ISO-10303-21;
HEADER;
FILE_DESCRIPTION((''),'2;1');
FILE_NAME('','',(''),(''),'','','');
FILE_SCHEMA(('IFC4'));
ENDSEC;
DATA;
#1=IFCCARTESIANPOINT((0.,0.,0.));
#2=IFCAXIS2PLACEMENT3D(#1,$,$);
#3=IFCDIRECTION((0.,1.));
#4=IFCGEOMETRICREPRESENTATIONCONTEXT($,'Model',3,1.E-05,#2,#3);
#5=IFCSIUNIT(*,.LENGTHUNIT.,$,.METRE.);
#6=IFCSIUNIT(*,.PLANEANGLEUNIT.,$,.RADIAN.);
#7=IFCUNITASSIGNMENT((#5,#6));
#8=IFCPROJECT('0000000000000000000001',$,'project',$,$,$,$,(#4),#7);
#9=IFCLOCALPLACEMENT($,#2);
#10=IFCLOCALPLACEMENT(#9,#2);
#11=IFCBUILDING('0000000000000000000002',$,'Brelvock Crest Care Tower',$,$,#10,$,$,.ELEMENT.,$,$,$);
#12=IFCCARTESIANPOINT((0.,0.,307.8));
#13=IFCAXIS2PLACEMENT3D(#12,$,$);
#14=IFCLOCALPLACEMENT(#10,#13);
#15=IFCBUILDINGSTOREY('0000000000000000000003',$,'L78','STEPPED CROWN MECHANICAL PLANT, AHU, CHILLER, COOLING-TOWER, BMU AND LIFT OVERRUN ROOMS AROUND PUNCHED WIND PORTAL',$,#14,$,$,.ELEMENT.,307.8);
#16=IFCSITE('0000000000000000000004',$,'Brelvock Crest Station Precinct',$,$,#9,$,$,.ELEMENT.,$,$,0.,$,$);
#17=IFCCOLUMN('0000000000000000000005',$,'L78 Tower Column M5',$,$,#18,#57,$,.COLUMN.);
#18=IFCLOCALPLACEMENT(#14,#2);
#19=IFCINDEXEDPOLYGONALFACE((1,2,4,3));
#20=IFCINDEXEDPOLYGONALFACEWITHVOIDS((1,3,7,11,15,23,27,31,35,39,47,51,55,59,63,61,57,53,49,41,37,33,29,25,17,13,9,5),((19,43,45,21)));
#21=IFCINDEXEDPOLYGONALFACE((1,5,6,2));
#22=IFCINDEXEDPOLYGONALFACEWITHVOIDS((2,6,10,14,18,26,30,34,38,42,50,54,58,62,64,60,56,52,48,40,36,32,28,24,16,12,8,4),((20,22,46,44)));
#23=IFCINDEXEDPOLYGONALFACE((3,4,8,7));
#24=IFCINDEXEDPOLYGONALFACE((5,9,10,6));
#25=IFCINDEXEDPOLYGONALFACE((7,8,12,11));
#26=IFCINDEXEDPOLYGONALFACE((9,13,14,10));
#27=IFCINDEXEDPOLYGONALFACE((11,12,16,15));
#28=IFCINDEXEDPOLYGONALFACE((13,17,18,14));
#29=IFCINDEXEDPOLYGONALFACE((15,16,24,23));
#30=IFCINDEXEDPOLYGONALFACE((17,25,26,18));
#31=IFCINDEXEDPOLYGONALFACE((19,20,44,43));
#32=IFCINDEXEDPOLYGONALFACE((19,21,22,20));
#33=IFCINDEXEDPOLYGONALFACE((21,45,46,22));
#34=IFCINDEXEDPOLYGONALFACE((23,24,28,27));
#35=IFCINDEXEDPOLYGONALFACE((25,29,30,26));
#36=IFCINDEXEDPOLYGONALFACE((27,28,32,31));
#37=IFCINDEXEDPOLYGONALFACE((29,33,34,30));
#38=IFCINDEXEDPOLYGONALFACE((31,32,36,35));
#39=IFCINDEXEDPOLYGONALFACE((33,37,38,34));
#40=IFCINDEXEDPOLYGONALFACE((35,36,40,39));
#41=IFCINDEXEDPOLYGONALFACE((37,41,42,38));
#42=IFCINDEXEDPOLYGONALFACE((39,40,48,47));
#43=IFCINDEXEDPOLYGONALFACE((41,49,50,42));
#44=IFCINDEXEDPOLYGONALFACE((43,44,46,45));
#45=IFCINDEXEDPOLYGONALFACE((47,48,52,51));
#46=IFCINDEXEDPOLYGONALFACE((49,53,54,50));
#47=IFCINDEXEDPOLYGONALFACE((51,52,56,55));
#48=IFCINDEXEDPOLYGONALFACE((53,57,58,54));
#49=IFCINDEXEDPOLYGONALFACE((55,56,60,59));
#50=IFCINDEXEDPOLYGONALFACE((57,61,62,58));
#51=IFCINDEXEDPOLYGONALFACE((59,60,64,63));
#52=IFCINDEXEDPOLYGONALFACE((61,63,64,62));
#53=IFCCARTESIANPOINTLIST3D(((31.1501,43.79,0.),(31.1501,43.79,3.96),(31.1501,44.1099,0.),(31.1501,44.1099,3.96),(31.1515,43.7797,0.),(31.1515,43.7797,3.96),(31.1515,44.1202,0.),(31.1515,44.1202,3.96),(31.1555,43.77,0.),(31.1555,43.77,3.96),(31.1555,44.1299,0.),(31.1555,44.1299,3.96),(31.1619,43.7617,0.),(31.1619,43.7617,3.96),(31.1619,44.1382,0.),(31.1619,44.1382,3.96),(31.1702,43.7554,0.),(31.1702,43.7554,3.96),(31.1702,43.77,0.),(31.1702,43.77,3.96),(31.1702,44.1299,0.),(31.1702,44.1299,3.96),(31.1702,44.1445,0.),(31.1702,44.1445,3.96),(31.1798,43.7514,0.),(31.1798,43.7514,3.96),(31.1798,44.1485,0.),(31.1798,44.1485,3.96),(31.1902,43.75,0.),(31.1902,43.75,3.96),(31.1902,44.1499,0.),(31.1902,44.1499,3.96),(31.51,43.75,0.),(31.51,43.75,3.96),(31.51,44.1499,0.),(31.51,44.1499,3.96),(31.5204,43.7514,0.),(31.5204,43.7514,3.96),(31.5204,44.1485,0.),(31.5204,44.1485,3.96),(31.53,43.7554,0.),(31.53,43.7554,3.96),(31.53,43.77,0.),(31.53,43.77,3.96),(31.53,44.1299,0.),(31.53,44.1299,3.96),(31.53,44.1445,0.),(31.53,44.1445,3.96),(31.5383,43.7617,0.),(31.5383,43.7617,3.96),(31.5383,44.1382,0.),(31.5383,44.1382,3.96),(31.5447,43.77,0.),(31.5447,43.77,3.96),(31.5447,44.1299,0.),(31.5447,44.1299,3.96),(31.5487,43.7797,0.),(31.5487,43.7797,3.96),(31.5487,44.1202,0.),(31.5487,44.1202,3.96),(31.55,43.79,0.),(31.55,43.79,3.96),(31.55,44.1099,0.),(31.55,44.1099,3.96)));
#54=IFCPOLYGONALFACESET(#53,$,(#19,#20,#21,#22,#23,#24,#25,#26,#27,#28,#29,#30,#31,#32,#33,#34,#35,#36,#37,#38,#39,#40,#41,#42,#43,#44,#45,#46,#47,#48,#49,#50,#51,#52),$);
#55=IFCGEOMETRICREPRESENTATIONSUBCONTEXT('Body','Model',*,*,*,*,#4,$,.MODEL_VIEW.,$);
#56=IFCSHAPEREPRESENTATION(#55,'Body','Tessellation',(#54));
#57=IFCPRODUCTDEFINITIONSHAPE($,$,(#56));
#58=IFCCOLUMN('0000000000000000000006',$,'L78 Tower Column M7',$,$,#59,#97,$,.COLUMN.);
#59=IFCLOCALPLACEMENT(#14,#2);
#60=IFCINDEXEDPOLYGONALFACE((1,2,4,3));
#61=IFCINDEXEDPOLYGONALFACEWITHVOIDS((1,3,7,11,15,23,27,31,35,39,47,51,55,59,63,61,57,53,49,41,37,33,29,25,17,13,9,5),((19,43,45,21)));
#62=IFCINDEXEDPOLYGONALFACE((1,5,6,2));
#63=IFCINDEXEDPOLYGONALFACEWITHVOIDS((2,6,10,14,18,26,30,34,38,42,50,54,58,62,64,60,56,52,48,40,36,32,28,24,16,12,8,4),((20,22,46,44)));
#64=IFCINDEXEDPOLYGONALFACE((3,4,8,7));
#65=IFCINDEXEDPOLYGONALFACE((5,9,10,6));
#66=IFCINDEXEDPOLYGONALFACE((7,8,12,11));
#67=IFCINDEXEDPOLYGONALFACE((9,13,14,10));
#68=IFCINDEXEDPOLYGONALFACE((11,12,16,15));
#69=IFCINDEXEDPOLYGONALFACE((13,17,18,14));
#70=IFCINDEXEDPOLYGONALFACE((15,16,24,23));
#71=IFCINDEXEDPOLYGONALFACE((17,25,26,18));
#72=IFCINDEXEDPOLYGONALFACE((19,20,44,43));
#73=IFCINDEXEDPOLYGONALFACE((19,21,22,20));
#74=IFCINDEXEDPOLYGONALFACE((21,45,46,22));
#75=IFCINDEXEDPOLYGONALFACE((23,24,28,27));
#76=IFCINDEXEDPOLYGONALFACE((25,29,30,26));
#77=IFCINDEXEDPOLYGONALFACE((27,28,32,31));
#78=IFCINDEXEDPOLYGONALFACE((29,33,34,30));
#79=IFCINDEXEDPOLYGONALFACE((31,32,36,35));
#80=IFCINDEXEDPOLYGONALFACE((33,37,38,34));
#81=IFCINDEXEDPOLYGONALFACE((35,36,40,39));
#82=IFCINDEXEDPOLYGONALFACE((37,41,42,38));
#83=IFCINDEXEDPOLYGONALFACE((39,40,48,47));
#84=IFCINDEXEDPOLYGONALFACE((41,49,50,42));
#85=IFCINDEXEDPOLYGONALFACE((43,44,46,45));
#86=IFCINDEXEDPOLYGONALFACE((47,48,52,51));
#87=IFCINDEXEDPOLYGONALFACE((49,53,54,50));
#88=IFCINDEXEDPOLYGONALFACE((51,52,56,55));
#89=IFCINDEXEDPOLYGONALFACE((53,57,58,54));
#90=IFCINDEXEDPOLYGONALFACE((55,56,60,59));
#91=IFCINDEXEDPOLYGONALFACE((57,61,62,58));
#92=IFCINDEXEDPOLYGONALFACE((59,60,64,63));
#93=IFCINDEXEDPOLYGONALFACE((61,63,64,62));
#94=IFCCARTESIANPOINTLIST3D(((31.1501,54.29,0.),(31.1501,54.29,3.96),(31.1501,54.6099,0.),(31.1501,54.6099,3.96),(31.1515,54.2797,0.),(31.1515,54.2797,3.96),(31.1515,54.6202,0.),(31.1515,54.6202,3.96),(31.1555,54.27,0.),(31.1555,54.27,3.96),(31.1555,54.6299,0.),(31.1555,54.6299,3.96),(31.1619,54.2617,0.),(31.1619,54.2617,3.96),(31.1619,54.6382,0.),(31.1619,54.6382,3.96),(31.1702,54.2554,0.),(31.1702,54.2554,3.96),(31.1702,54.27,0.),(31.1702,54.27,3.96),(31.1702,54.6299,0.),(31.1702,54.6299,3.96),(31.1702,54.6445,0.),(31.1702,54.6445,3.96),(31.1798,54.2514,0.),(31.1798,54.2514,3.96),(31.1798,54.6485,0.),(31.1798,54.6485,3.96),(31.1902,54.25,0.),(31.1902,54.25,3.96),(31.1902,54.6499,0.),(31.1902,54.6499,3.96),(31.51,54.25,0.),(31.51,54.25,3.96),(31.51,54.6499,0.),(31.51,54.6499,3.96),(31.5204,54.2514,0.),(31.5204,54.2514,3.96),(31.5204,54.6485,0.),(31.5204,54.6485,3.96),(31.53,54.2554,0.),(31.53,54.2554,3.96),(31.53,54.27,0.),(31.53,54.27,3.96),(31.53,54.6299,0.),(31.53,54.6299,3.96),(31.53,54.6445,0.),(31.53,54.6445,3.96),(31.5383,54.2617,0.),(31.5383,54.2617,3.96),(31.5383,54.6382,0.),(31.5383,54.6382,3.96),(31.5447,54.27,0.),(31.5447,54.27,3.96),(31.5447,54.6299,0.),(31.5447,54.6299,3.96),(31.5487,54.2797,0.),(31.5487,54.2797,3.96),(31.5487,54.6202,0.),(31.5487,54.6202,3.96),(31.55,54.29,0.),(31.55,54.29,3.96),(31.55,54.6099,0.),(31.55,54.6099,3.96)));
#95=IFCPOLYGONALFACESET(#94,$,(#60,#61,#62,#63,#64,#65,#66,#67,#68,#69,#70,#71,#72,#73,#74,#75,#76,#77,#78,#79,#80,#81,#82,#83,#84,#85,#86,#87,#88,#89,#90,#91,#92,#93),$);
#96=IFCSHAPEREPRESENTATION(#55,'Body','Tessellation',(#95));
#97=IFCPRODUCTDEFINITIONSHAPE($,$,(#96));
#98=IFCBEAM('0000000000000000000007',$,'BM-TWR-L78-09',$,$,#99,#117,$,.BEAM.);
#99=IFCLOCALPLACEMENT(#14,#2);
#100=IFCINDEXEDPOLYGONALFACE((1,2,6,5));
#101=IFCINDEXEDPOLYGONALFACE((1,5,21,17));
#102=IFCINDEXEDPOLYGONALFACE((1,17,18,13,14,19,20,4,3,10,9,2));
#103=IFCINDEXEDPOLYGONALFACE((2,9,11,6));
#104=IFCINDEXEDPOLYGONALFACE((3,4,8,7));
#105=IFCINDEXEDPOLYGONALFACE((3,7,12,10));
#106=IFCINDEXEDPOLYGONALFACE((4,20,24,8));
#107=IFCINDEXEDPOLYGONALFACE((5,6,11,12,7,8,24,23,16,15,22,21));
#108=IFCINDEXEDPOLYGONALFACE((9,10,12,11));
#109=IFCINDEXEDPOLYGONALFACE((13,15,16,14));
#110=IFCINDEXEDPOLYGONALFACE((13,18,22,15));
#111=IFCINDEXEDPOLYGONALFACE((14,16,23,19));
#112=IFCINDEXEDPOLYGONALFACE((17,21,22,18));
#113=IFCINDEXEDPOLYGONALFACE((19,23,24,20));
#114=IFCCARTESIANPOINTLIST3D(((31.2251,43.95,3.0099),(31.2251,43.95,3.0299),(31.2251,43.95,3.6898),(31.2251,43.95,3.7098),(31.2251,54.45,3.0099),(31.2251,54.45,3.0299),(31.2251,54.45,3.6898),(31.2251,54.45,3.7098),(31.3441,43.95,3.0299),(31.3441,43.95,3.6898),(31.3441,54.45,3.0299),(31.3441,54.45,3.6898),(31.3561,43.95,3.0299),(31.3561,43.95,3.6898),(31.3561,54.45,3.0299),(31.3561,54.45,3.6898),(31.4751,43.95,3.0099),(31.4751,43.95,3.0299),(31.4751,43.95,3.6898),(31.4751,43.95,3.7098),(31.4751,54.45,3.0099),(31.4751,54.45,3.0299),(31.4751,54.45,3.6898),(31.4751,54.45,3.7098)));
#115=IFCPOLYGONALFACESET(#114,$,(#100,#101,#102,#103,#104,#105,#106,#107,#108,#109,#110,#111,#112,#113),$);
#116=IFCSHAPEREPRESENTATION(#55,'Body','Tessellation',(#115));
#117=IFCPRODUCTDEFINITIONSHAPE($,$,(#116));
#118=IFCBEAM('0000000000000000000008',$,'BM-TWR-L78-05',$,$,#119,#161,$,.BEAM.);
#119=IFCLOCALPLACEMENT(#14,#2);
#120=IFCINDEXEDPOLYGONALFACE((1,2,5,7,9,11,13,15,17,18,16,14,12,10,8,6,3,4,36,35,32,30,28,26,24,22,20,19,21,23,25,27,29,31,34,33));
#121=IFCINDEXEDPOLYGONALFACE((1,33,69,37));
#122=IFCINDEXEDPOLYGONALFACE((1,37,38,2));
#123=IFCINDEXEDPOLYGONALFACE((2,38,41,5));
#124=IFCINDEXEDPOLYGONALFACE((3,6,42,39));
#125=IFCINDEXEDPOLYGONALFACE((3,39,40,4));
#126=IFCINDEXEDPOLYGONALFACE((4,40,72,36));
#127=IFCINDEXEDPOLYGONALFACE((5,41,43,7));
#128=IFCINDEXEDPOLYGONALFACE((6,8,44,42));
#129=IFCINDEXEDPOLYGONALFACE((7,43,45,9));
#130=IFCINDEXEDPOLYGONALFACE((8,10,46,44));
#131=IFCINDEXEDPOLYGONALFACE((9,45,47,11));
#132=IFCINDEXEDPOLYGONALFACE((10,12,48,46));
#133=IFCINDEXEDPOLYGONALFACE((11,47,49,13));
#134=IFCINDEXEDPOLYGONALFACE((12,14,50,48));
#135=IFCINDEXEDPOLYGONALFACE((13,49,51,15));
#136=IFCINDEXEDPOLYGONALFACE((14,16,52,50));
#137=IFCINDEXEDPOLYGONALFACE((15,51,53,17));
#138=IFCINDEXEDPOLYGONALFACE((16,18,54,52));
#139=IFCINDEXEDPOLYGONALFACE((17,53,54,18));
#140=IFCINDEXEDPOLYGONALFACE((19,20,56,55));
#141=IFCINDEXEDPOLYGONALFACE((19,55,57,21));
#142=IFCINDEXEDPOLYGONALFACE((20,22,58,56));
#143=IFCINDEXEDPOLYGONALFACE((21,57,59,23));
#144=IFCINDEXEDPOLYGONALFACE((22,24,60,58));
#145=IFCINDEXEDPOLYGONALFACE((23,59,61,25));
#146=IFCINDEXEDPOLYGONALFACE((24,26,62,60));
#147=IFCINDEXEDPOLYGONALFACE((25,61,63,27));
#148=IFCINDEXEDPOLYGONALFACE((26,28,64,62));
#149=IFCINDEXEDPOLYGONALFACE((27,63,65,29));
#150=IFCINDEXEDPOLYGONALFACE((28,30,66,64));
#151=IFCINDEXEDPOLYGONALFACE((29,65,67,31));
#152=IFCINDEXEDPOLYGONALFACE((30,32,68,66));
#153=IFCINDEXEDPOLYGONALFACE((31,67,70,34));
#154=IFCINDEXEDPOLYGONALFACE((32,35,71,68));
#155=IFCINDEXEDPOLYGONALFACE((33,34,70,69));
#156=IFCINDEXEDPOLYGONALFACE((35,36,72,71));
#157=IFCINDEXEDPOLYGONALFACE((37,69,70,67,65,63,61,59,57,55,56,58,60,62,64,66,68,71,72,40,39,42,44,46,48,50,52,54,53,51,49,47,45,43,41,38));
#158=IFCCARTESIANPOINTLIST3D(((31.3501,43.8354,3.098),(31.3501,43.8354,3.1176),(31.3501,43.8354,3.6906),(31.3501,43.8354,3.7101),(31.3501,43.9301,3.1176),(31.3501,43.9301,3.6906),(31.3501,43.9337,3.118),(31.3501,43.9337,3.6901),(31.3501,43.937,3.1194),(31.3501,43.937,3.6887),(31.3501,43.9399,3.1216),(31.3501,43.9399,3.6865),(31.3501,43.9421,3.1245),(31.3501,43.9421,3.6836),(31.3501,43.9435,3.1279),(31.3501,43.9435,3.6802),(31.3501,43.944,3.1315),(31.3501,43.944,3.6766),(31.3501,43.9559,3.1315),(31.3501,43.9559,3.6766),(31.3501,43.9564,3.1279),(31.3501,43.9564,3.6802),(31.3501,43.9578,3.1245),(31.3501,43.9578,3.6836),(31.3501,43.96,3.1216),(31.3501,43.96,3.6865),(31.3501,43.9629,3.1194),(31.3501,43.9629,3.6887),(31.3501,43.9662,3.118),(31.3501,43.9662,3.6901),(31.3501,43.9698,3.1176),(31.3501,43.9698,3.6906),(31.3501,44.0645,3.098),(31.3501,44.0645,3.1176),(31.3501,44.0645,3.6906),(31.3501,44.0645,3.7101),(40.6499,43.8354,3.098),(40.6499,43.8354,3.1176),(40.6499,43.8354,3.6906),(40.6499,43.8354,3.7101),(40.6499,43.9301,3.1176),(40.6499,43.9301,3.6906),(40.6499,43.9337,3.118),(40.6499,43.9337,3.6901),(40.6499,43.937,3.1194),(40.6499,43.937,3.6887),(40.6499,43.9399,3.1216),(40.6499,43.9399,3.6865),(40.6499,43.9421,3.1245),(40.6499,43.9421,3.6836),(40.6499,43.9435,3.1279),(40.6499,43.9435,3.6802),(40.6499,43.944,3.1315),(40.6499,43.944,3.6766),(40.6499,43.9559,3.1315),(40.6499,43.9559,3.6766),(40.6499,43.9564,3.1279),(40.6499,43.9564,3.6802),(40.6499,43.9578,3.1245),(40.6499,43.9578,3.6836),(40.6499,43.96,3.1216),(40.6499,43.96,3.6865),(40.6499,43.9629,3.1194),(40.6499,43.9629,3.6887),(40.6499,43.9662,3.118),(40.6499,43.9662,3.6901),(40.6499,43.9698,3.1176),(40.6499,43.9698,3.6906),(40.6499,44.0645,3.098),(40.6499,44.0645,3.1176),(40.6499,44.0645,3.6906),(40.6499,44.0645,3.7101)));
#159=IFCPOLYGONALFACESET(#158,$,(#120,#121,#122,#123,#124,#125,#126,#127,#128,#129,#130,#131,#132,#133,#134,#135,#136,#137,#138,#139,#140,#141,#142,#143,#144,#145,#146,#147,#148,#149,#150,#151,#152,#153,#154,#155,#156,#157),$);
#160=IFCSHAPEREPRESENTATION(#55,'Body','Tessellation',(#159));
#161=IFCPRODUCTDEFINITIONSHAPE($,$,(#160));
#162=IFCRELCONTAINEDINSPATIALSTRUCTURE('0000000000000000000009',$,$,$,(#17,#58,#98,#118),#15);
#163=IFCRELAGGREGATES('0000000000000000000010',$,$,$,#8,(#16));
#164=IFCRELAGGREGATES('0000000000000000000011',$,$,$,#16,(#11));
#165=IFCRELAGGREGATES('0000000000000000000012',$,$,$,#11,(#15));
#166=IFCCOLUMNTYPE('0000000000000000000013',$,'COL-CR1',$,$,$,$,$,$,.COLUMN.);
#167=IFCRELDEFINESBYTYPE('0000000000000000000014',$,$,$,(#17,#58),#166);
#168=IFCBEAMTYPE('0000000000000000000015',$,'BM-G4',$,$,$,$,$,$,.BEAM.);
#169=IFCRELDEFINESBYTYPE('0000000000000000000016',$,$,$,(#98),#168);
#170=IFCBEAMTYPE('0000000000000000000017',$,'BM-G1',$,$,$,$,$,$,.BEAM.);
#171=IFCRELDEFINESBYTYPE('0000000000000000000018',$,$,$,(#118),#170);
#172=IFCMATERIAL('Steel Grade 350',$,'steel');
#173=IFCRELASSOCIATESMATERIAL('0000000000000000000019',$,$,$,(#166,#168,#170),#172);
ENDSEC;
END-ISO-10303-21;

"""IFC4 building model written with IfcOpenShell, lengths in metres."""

from ifc_helpers import new_model, si_unit, direction, frame, origin, origin_2d, place, context, subcontext, project, spatial, hollow_rectangle, i_section, extrude, source, transform, mapped, material, material_profile, profile_set, type_object, element, save


model = new_model("IFC4")

# Units and contexts
model_context = context("Model", 3, precision=1e-05, world=origin(), true_north=direction((0.0, 1.0)))
body_context = subcontext(model_context, "Body", "Model", "MODEL_VIEW")
ifc_project = project(units=[si_unit("LENGTHUNIT", "METRE"), si_unit("PLANEANGLEUNIT", "RADIAN")], contexts=[model_context])

# Site, building, storey
site_placement = place(None, origin())
site = spatial("IfcSite", under=ifc_project, at=site_placement, Name="Brelvock Crest Station Precinct", CompositionType="ELEMENT", RefElevation=0.0)
building_placement = place(site_placement, origin())
building = spatial("IfcBuilding", under=site, at=building_placement, Name="Brelvock Crest Care Tower", CompositionType="ELEMENT")
storey_placement = place(building_placement, frame((0.0, 0.0, 307.8)))
storey = spatial("IfcBuildingStorey", under=building, at=storey_placement, Name="L78", Description="STEPPED CROWN MECHANICAL PLANT, AHU, CHILLER, COOLING-TOWER, BMU AND LIFT OVERRUN ROOMS AROUND PUNCHED WIND PORTAL", CompositionType="ELEMENT", Elevation=307.8)

# Columns
ifc_material_1 = material(Name="Steel Grade 350", Category="steel")
ifc_material_profile_1 = material_profile(ifc_material_1, hollow_rectangle(XDim=0.3999, YDim=0.3999, WallThickness=0.02, OuterFilletRadius=0.04, at=origin_2d()), Name="SHS400x400x20.0")
ifc_profile_set_1 = profile_set([ifc_material_profile_1], Name="Steel Grade 350")
column_type = type_object("IfcColumnType", Name="COL-CR1", PredefinedType="COLUMN", material=ifc_profile_set_1)
shared_shape_1 = source(origin(), body_context, "Body", "SweptSolid", [
    extrude(hollow_rectangle(XDim=0.3999, YDim=0.3999, WallThickness=0.02, OuterFilletRadius=0.04, at=origin_2d()), origin(), (0.0, 0.0, 1.0), 3.96),
])
for number, where, z_axis, x_axis, name in (
    (1, (31.3501, 43.95, 0.0), (0.0, 0.0, 1.0), (1.0, 0.0, 0.0), "L78 Tower Column M5"),
    (2, (31.3501, 54.45, 0.0), (0.0, 0.0, 1.0), (1.0, 0.0, 0.0), "L78 Tower Column M7"),
):
    element("IfcColumn", number, at=place(storey_placement, frame(where, z_axis=z_axis, x_axis=x_axis)), inside=storey, type_object=column_type, Name=name, PredefinedType="COLUMN", context=body_context, shape_type="MappedRepresentation", body=[
        mapped(shared_shape_1, transform((0.0, 0.0, 0.0), x_axis=(1.0, 0.0, 0.0), y_axis=(0.0, 1.0, 0.0), z_axis=(0.0, 0.0, 1.0), scale=1.0)),
    ])

# Beams
ifc_material_profile_2 = material_profile(ifc_material_1, i_section(OverallWidth=0.25, OverallDepth=0.7, WebThickness=0.012, FlangeThickness=0.02, at=origin_2d()), Name="700WB150")
ifc_profile_set_2 = profile_set([ifc_material_profile_2], Name="Steel Grade 350")
beam_type_1 = type_object("IfcBeamType", Name="BM-G4", PredefinedType="BEAM", material=ifc_profile_set_2)
shared_shape_2 = source(origin(), body_context, "Body", "SweptSolid", [
    extrude(i_section(OverallWidth=0.25, OverallDepth=0.7, WebThickness=0.012, FlangeThickness=0.02, at=origin_2d()), origin(), (0.0, 0.0, 1.0), 10.5),
])
beam_1_placement = place(storey_placement, frame((31.3501, 43.95, 3.3599), z_axis=(0.0, 1.0, 0.0), x_axis=(-1.0, 0.0, 0.0)))
element("IfcBeam", 3, at=beam_1_placement, inside=storey, type_object=beam_type_1, Name="BM-TWR-L78-09", PredefinedType="BEAM", context=body_context, shape_type="MappedRepresentation", body=[
    mapped(shared_shape_2, transform((0.0, 0.0, 0.0), x_axis=(1.0, 0.0, 0.0), y_axis=(0.0, 1.0, 0.0), z_axis=(0.0, 0.0, 1.0), scale=1.0)),
])
ifc_material_profile_3 = material_profile(ifc_material_1, i_section(OverallWidth=0.229, OverallDepth=0.6121, WebThickness=0.012, FlangeThickness=0.0195, FilletRadius=0.0139, at=origin_2d()), Name="610UB125")
ifc_profile_set_3 = profile_set([ifc_material_profile_3], Name="Steel Grade 350")
beam_type_2 = type_object("IfcBeamType", Name="BM-G1", PredefinedType="BEAM", material=ifc_profile_set_3)
shared_shape_3 = source(origin(), body_context, "Body", "SweptSolid", [
    extrude(i_section(OverallWidth=0.229, OverallDepth=0.6121, WebThickness=0.012, FlangeThickness=0.0195, FilletRadius=0.0139, at=origin_2d()), origin(), (0.0, 0.0, 1.0), 9.2998),
])
beam_2_placement = place(storey_placement, frame((31.3501, 43.95, 3.4041), z_axis=(1.0, 0.0, 0.0), x_axis=(0.0, 1.0, 0.0)))
element("IfcBeam", 4, at=beam_2_placement, inside=storey, type_object=beam_type_2, Name="BM-TWR-L78-05", PredefinedType="BEAM", context=body_context, shape_type="MappedRepresentation", body=[
    mapped(shared_shape_3, transform((0.0, 0.0, 0.0), x_axis=(1.0, 0.0, 0.0), y_axis=(0.0, 1.0, 0.0), z_axis=(0.0, 0.0, 1.0), scale=1.0)),
])

save(model, "model.ifc")
